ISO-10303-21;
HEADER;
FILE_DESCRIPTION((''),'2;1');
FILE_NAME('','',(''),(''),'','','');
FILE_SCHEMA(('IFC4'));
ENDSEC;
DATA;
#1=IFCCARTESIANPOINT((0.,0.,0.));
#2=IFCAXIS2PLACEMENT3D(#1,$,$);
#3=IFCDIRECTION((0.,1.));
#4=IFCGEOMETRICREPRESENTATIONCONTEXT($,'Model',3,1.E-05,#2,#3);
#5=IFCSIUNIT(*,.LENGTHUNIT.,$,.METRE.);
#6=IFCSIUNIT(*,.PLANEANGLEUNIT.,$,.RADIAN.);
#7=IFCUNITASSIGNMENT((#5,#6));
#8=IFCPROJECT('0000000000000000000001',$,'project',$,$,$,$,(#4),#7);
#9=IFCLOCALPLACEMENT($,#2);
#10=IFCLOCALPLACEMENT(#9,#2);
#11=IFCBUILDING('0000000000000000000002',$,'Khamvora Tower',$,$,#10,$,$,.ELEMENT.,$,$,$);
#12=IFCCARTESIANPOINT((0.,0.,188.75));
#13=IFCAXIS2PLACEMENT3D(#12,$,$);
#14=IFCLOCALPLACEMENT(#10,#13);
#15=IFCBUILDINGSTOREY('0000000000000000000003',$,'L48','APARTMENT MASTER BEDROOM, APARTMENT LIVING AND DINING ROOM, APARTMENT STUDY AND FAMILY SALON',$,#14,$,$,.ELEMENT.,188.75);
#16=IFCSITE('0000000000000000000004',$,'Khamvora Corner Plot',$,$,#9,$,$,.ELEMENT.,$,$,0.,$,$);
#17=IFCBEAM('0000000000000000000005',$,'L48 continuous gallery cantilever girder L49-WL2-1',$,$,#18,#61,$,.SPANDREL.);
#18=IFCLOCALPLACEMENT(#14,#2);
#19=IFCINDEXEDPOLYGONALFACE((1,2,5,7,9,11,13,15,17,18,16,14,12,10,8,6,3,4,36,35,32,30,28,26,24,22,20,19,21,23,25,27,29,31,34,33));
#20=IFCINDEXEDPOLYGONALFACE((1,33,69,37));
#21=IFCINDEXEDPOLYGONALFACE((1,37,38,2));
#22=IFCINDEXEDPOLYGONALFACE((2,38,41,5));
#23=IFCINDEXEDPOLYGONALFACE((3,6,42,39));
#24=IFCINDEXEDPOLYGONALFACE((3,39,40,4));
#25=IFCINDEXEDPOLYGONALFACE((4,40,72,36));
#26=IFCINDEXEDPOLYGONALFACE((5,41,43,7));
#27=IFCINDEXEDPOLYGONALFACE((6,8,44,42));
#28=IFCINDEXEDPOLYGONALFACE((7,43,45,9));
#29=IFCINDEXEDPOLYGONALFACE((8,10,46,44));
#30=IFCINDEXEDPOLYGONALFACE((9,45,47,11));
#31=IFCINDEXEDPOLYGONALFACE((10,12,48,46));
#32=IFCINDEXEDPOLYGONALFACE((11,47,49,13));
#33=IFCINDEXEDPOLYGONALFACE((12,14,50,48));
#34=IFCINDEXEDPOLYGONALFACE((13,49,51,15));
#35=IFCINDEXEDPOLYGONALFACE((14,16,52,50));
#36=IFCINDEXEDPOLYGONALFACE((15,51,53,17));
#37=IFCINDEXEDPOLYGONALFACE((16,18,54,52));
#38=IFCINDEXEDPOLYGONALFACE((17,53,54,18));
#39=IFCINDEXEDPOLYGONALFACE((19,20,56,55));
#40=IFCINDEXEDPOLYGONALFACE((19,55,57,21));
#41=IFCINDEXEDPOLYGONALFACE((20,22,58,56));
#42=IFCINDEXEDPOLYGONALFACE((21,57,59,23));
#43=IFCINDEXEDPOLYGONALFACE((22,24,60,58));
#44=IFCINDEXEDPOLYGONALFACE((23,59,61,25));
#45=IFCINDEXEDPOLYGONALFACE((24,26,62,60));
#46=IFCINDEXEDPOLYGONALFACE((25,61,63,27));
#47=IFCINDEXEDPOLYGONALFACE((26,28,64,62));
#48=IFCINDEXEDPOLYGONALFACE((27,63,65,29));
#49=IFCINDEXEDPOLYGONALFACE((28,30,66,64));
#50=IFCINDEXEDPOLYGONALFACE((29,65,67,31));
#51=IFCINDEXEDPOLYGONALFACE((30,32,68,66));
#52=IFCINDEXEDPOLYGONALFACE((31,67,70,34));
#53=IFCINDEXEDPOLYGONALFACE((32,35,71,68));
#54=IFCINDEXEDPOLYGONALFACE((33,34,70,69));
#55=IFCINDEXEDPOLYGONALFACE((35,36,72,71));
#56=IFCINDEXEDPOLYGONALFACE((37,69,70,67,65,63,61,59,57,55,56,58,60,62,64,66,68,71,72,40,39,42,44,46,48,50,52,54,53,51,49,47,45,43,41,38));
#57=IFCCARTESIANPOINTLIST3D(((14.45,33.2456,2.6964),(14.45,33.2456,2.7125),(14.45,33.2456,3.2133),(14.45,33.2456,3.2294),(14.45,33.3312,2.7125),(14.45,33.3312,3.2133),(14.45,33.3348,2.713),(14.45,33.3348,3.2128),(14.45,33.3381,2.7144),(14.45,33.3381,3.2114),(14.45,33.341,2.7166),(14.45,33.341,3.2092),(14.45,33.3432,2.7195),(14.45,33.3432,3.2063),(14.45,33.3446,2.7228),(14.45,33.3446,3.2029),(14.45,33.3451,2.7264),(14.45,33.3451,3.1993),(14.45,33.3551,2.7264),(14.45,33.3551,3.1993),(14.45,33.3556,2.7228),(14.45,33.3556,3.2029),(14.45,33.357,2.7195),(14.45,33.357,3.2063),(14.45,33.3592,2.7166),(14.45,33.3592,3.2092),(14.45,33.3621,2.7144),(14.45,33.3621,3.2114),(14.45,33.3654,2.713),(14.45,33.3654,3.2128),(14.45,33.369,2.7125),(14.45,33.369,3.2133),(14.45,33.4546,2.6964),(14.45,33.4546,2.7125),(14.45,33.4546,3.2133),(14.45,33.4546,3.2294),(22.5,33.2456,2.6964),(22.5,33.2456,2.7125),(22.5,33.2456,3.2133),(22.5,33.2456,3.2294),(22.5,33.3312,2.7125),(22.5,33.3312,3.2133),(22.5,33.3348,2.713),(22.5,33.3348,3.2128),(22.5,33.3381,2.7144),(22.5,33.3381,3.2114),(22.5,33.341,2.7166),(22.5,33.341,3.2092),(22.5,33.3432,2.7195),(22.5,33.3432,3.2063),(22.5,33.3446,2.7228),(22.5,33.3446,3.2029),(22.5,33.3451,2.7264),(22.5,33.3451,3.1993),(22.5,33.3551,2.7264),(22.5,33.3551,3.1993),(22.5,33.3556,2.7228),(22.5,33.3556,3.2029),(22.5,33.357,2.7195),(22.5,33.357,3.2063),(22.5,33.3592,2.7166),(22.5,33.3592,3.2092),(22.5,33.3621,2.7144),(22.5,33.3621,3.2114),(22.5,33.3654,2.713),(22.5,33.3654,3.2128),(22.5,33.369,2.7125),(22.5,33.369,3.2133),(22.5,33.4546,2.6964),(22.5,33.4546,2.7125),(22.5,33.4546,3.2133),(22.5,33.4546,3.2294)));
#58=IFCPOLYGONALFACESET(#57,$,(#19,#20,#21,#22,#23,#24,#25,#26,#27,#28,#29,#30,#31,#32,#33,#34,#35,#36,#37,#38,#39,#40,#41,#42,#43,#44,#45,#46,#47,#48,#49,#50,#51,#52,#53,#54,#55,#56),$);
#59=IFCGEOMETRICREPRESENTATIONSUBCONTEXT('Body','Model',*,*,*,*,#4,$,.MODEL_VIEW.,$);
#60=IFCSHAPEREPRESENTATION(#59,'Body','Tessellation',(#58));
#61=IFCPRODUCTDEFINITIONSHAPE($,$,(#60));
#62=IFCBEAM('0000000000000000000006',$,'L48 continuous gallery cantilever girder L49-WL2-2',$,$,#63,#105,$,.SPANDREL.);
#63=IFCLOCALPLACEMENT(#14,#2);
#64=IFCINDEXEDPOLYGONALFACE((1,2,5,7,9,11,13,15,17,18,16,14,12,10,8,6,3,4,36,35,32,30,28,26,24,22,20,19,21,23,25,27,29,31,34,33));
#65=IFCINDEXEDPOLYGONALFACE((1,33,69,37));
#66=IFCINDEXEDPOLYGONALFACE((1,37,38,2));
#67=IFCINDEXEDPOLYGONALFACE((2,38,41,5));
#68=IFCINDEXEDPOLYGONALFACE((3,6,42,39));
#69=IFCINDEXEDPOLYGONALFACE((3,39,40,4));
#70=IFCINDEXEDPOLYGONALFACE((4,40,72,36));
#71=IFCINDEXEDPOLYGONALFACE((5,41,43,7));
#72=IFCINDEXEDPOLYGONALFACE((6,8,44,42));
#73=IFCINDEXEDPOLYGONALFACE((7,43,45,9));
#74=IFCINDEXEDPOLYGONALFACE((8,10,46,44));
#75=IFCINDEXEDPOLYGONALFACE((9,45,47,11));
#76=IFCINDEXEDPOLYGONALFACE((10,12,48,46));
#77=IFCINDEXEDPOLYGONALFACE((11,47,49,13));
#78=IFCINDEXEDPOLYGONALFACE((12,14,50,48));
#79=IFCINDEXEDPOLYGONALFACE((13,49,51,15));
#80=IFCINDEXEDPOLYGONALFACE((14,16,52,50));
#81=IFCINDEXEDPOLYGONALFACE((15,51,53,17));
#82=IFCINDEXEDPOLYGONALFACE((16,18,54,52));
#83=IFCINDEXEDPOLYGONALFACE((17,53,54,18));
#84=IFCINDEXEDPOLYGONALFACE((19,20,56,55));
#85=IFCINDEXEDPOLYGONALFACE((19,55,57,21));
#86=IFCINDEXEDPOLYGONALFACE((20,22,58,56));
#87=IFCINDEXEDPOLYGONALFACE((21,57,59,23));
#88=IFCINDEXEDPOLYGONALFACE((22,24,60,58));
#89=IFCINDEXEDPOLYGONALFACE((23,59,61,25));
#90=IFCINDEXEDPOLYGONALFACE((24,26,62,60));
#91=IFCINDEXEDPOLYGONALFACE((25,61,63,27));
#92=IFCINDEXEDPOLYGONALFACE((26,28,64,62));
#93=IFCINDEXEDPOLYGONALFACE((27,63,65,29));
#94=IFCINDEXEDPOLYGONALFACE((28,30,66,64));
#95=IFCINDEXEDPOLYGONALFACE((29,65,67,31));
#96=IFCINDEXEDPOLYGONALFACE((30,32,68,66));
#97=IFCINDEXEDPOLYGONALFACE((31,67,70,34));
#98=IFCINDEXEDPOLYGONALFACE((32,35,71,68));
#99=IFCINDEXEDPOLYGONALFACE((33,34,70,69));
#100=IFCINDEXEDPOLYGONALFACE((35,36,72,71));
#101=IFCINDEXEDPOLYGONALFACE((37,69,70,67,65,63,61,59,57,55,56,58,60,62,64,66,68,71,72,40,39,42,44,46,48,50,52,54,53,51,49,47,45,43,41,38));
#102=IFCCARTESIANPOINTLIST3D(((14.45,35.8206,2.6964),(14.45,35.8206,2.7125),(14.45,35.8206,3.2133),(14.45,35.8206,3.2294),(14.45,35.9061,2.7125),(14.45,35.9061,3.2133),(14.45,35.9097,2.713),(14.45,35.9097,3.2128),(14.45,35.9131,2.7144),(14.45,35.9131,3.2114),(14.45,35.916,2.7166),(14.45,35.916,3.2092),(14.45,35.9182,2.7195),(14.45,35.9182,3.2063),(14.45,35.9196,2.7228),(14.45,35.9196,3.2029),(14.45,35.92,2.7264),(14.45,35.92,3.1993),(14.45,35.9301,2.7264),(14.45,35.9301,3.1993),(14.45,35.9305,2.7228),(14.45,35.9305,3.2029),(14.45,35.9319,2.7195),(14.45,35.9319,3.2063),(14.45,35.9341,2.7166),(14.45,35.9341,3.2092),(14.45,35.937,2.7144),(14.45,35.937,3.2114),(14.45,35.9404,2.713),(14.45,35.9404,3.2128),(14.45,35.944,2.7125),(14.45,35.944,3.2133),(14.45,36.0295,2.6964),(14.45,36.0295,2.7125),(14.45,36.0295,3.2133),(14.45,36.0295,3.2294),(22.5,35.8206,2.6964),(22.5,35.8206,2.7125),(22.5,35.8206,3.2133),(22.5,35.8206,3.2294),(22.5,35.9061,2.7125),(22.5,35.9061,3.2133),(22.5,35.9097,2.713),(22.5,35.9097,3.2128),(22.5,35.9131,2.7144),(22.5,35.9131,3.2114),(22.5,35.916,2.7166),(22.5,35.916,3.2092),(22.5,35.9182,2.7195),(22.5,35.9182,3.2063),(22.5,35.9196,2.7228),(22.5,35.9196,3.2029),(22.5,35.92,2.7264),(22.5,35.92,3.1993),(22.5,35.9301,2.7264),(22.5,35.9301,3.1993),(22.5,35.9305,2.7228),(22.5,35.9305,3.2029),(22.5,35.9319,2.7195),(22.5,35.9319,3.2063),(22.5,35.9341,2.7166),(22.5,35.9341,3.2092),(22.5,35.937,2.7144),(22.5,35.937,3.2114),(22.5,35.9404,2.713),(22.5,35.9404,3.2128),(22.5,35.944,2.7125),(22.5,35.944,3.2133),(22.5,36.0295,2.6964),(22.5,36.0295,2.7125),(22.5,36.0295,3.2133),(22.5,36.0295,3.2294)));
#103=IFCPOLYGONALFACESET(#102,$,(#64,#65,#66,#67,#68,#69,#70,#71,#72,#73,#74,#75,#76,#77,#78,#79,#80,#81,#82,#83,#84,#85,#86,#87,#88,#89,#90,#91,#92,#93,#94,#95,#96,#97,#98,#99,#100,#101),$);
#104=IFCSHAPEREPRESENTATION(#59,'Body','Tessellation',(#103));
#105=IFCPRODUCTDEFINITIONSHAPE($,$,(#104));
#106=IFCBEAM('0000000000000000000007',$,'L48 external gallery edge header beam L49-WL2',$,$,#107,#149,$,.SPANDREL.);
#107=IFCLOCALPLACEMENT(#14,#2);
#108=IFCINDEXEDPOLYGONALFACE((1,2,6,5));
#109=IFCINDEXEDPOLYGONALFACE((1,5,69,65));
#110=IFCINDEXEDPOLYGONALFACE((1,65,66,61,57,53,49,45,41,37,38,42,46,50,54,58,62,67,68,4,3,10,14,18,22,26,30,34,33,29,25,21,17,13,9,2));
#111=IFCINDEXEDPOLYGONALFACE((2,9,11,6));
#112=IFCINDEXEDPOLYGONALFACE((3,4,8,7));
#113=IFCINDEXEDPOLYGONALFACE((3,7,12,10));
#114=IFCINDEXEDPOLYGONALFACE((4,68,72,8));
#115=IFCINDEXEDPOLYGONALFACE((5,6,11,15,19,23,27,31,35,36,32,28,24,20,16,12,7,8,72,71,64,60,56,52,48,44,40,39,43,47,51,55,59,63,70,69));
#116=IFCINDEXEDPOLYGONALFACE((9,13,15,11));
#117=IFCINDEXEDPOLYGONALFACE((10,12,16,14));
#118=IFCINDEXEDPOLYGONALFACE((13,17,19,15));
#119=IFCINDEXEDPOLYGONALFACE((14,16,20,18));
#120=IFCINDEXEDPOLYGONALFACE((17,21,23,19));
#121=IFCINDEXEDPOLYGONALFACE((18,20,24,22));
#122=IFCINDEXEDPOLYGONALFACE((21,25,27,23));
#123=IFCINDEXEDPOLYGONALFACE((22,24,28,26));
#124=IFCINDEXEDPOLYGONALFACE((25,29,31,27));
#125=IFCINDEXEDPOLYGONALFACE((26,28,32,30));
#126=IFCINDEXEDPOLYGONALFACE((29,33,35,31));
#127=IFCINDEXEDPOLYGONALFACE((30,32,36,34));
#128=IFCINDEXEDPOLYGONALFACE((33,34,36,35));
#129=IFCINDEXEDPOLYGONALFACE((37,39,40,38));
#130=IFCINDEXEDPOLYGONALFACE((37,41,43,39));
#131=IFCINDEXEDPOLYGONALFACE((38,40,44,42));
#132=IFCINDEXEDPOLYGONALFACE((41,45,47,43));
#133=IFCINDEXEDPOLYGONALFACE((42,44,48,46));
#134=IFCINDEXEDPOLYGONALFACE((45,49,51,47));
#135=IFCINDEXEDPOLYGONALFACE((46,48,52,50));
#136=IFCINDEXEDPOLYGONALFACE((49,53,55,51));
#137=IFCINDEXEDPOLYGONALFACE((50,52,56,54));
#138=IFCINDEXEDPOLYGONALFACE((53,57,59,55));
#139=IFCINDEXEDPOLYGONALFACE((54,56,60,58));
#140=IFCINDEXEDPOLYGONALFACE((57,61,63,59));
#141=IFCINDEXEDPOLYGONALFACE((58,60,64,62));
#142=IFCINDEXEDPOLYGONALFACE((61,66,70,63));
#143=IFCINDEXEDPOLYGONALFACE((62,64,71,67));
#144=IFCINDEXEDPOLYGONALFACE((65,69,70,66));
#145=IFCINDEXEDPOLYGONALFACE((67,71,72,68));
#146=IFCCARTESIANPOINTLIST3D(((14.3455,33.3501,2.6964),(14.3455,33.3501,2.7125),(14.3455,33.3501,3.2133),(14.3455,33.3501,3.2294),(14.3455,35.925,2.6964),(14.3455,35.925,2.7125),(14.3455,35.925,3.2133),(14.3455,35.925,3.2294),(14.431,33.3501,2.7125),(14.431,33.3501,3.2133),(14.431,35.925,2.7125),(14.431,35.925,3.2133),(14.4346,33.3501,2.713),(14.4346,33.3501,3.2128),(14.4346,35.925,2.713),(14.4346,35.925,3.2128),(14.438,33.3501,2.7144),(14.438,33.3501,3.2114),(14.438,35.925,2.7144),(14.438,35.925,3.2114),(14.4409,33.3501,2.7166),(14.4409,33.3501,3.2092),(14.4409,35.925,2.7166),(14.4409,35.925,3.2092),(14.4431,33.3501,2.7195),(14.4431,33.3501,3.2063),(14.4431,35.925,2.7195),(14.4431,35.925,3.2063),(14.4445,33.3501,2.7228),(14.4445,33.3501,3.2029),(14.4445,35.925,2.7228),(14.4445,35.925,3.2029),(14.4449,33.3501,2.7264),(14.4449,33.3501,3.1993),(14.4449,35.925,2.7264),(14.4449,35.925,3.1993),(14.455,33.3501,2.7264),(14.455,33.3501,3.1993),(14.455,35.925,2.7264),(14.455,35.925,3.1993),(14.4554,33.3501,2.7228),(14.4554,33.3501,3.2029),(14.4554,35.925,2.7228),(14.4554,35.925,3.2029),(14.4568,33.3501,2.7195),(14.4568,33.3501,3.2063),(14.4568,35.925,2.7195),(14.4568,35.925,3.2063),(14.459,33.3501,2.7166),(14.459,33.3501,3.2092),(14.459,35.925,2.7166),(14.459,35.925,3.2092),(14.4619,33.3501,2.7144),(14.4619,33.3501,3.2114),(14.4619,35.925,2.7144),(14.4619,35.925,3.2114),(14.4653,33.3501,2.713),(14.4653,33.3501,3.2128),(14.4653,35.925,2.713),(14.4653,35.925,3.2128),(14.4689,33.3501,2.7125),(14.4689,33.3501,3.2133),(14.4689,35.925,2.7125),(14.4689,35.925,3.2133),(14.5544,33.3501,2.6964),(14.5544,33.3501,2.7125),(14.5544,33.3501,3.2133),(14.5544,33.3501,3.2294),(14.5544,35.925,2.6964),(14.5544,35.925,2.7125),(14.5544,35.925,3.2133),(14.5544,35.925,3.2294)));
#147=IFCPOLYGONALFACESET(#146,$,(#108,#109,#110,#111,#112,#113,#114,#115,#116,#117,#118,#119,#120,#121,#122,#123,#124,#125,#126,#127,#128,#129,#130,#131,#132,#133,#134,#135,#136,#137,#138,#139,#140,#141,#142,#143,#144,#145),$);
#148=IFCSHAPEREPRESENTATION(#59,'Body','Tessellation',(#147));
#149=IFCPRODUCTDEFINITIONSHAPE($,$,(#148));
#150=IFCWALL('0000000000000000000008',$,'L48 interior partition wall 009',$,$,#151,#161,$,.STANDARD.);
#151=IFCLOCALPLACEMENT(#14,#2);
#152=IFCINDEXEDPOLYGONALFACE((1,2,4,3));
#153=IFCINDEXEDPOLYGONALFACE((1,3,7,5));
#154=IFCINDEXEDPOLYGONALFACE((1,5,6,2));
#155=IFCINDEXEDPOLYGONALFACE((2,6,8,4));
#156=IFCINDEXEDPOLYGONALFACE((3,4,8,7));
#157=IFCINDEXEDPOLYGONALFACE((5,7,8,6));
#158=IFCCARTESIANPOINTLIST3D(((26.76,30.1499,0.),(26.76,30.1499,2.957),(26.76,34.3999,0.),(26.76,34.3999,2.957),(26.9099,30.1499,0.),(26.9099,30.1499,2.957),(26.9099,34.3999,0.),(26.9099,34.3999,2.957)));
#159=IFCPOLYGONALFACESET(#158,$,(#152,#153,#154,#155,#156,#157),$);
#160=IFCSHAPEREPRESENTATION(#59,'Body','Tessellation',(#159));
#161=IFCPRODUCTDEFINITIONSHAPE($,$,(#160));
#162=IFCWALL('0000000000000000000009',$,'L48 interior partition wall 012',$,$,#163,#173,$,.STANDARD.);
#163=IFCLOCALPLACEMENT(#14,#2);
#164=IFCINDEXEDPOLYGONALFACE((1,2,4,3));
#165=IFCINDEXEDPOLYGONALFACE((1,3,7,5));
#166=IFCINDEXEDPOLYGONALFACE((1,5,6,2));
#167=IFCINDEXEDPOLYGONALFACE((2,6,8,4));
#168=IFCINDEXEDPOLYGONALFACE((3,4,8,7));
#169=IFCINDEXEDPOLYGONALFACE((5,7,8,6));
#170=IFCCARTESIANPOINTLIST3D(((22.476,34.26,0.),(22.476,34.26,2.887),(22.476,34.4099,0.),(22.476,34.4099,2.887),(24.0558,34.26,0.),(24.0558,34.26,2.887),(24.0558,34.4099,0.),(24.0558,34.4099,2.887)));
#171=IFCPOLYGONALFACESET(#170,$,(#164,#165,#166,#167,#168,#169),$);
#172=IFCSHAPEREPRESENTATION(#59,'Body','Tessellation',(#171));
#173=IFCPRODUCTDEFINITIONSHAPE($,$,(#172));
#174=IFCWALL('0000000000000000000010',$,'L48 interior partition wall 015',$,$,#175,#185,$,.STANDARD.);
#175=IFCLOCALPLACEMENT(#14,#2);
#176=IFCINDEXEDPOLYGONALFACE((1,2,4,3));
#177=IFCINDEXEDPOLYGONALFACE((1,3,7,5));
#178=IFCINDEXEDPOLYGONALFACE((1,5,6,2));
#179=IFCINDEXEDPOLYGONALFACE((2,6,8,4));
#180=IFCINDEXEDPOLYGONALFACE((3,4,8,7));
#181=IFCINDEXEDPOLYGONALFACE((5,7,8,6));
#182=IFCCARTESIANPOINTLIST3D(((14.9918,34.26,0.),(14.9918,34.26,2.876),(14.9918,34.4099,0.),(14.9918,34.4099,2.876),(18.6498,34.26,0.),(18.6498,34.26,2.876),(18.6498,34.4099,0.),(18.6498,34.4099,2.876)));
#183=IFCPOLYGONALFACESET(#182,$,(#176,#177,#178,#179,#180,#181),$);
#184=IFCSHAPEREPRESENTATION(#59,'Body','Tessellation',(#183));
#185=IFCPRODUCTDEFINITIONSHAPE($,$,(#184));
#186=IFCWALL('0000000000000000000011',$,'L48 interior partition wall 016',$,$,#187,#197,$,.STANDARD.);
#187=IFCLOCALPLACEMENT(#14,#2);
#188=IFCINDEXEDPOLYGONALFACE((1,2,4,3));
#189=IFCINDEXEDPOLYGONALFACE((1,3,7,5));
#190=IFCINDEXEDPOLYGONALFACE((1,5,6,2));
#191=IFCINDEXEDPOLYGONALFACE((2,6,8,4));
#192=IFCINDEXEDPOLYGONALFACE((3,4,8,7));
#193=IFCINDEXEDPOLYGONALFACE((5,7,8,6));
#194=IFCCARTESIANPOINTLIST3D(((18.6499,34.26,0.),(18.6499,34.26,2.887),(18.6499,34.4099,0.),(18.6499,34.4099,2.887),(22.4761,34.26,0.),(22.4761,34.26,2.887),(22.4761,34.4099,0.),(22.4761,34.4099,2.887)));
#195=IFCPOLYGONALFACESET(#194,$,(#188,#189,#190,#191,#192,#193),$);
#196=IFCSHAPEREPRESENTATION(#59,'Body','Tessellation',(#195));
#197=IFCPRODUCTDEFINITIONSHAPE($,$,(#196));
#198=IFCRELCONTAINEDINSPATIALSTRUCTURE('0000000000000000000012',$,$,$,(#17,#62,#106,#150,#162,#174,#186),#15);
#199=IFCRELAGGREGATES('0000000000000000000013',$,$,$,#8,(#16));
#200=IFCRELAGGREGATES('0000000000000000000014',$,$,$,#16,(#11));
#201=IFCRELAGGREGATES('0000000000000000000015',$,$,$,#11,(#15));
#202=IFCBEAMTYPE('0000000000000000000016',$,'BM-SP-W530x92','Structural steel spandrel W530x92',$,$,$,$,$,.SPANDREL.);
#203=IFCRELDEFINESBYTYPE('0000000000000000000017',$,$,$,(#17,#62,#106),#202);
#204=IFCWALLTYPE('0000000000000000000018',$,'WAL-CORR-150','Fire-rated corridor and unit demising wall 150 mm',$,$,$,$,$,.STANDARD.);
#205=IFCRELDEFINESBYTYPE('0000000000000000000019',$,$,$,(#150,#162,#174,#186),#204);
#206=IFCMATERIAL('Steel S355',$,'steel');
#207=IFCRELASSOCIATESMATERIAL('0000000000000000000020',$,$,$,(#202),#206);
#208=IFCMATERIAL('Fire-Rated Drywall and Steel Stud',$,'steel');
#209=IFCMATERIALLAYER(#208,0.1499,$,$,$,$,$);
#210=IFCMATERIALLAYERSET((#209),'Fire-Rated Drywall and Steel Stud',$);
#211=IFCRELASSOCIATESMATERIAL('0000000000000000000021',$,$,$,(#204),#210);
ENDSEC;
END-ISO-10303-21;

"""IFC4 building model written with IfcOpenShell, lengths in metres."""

from ifc_helpers import new_model, si_unit, direction, frame, frame_2d, origin, origin_2d, place, context, subcontext, project, spatial, rectangle, i_section, extrude, material, layer, layer_set, material_profile, profile_set, type_object, element, save


model = new_model("IFC4")

# Units and contexts
model_context = context("Model", 3, precision=1e-05, world=origin(), true_north=direction((0.0, 1.0)))
body_context = subcontext(model_context, "Body", "Model", "MODEL_VIEW")
ifc_project = project(units=[si_unit("LENGTHUNIT", "METRE"), si_unit("PLANEANGLEUNIT", "RADIAN")], contexts=[model_context])

# Site, building, storey
site_placement = place(None, origin())
site = spatial("IfcSite", under=ifc_project, at=site_placement, Name="Khamvora Corner Plot", CompositionType="ELEMENT", RefElevation=0.0)
building_placement = place(site_placement, origin())
building = spatial("IfcBuilding", under=site, at=building_placement, Name="Khamvora Tower", CompositionType="ELEMENT")
storey_placement = place(building_placement, frame((0.0, 0.0, 188.75)))
storey = spatial("IfcBuildingStorey", under=building, at=storey_placement, Name="L48", Description="APARTMENT MASTER BEDROOM, APARTMENT LIVING AND DINING ROOM, APARTMENT STUDY AND FAMILY SALON", CompositionType="ELEMENT", Elevation=188.75)

# Shared definitions
ifc_material_1 = material(Name="Steel S355", Category="steel")

# Beams
ifc_material_profile_1 = material_profile(ifc_material_1, i_section(OverallWidth=0.209, OverallDepth=0.533, WebThickness=0.01, FlangeThickness=0.0161, FilletRadius=0.0139, at=origin_2d()), Name="W530x92")
ifc_profile_set_1 = profile_set([ifc_material_profile_1], Name="Steel S355")
beam_type_1 = type_object("IfcBeamType", Name="BM-SP-W530x92", Description="Structural steel spandrel W530x92", PredefinedType="SPANDREL", material=ifc_profile_set_1)
for number, where, z_axis, x_axis, name in (
    (1, (22.5, 33.3501, 2.9629), (-1.0, 0.0, 0.0), (0.0, -1.0, 0.0), "L48 continuous gallery cantilever girder L49-WL2-1"),
    (2, (22.5, 35.925, 2.9629), (-1.0, 0.0, 0.0), (0.0, -1.0, 0.0), "L48 continuous gallery cantilever girder L49-WL2-2"),
):
    element("IfcBeam", number, at=place(storey_placement, frame(where, z_axis=z_axis, x_axis=x_axis)), inside=storey, type_object=beam_type_1, Name=name, PredefinedType="SPANDREL", context=body_context, shape_type="SweptSolid", body=[
        extrude(i_section(OverallWidth=0.209, OverallDepth=0.533, WebThickness=0.01, FlangeThickness=0.0161, FilletRadius=0.0139, at=origin_2d()), origin(), (0.0, 0.0, 1.0), 8.05),
    ])
beam_1_placement = place(storey_placement, frame((14.45, 33.3501, 2.9629), z_axis=(0.0, 1.0, 0.0), x_axis=(-1.0, 0.0, 0.0)))
element("IfcBeam", 3, at=beam_1_placement, inside=storey, type_object=beam_type_1, Name="L48 external gallery edge header beam L49-WL2", PredefinedType="SPANDREL", context=body_context, shape_type="SweptSolid", body=[
    extrude(i_section(OverallWidth=0.209, OverallDepth=0.533, WebThickness=0.01, FlangeThickness=0.0161, FilletRadius=0.0139, at=origin_2d()), origin(), (0.0, 0.0, 1.0), 2.575),
])

# Walls
ifc_material_2 = material(Name="Fire-Rated Drywall and Steel Stud", Category="steel")
ifc_layer_1 = layer(ifc_material_2, 0.1499)
ifc_layer_set_1 = layer_set([ifc_layer_1], Name="Fire-Rated Drywall and Steel Stud")
wall_type_1 = type_object("IfcWallType", Name="WAL-CORR-150", Description="Fire-rated corridor and unit demising wall 150 mm", PredefinedType="STANDARD", material=ifc_layer_set_1)
wall_1_placement = place(storey_placement, frame((26.835, 30.1499, 0.0), z_axis=(0.0, 0.0, 1.0), x_axis=(0.0, 1.0, 0.0)))
element("IfcWall", 4, at=wall_1_placement, inside=storey, type_object=wall_type_1, Name="L48 interior partition wall 009", PredefinedType="STANDARD", context=body_context, shape_type="SweptSolid", body=[
    extrude(rectangle(XDim=4.25, YDim=0.1499, at=frame_2d((2.125, 0.0))), origin(), (0.0, 0.0, 1.0), 2.957),
])
wall_2_placement = place(storey_placement, frame((24.0559, 34.335, 0.0), z_axis=(0.0, 0.0, 1.0), x_axis=(-1.0, 0.0, 0.0)))
element("IfcWall", 5, at=wall_2_placement, inside=storey, type_object=wall_type_1, Name="L48 interior partition wall 012", PredefinedType="STANDARD", context=body_context, shape_type="SweptSolid", body=[
    extrude(rectangle(XDim=1.5798, YDim=0.1499, at=frame_2d((0.79, 0.0))), origin(), (0.0, 0.0, 1.0), 2.887),
])
wall_3_placement = place(storey_placement, frame((18.6499, 34.335, 0.0), z_axis=(0.0, 0.0, 1.0), x_axis=(-1.0, 0.0, 0.0)))
element("IfcWall", 6, at=wall_3_placement, inside=storey, type_object=wall_type_1, Name="L48 interior partition wall 015", PredefinedType="STANDARD", context=body_context, shape_type="SweptSolid", body=[
    extrude(rectangle(XDim=3.658, YDim=0.1499, at=frame_2d((1.8291, 0.0))), origin(), (0.0, 0.0, 1.0), 2.876),
])
wall_4_placement = place(storey_placement, frame((22.4761, 34.335, 0.0), z_axis=(0.0, 0.0, 1.0), x_axis=(-1.0, 0.0, 0.0)))
element("IfcWall", 7, at=wall_4_placement, inside=storey, type_object=wall_type_1, Name="L48 interior partition wall 016", PredefinedType="STANDARD", context=body_context, shape_type="SweptSolid", body=[
    extrude(rectangle(XDim=3.8262, YDim=0.1499, at=frame_2d((1.9131, 0.0))), origin(), (0.0, 0.0, 1.0), 2.887),
])

save(model, "model.ifc")
